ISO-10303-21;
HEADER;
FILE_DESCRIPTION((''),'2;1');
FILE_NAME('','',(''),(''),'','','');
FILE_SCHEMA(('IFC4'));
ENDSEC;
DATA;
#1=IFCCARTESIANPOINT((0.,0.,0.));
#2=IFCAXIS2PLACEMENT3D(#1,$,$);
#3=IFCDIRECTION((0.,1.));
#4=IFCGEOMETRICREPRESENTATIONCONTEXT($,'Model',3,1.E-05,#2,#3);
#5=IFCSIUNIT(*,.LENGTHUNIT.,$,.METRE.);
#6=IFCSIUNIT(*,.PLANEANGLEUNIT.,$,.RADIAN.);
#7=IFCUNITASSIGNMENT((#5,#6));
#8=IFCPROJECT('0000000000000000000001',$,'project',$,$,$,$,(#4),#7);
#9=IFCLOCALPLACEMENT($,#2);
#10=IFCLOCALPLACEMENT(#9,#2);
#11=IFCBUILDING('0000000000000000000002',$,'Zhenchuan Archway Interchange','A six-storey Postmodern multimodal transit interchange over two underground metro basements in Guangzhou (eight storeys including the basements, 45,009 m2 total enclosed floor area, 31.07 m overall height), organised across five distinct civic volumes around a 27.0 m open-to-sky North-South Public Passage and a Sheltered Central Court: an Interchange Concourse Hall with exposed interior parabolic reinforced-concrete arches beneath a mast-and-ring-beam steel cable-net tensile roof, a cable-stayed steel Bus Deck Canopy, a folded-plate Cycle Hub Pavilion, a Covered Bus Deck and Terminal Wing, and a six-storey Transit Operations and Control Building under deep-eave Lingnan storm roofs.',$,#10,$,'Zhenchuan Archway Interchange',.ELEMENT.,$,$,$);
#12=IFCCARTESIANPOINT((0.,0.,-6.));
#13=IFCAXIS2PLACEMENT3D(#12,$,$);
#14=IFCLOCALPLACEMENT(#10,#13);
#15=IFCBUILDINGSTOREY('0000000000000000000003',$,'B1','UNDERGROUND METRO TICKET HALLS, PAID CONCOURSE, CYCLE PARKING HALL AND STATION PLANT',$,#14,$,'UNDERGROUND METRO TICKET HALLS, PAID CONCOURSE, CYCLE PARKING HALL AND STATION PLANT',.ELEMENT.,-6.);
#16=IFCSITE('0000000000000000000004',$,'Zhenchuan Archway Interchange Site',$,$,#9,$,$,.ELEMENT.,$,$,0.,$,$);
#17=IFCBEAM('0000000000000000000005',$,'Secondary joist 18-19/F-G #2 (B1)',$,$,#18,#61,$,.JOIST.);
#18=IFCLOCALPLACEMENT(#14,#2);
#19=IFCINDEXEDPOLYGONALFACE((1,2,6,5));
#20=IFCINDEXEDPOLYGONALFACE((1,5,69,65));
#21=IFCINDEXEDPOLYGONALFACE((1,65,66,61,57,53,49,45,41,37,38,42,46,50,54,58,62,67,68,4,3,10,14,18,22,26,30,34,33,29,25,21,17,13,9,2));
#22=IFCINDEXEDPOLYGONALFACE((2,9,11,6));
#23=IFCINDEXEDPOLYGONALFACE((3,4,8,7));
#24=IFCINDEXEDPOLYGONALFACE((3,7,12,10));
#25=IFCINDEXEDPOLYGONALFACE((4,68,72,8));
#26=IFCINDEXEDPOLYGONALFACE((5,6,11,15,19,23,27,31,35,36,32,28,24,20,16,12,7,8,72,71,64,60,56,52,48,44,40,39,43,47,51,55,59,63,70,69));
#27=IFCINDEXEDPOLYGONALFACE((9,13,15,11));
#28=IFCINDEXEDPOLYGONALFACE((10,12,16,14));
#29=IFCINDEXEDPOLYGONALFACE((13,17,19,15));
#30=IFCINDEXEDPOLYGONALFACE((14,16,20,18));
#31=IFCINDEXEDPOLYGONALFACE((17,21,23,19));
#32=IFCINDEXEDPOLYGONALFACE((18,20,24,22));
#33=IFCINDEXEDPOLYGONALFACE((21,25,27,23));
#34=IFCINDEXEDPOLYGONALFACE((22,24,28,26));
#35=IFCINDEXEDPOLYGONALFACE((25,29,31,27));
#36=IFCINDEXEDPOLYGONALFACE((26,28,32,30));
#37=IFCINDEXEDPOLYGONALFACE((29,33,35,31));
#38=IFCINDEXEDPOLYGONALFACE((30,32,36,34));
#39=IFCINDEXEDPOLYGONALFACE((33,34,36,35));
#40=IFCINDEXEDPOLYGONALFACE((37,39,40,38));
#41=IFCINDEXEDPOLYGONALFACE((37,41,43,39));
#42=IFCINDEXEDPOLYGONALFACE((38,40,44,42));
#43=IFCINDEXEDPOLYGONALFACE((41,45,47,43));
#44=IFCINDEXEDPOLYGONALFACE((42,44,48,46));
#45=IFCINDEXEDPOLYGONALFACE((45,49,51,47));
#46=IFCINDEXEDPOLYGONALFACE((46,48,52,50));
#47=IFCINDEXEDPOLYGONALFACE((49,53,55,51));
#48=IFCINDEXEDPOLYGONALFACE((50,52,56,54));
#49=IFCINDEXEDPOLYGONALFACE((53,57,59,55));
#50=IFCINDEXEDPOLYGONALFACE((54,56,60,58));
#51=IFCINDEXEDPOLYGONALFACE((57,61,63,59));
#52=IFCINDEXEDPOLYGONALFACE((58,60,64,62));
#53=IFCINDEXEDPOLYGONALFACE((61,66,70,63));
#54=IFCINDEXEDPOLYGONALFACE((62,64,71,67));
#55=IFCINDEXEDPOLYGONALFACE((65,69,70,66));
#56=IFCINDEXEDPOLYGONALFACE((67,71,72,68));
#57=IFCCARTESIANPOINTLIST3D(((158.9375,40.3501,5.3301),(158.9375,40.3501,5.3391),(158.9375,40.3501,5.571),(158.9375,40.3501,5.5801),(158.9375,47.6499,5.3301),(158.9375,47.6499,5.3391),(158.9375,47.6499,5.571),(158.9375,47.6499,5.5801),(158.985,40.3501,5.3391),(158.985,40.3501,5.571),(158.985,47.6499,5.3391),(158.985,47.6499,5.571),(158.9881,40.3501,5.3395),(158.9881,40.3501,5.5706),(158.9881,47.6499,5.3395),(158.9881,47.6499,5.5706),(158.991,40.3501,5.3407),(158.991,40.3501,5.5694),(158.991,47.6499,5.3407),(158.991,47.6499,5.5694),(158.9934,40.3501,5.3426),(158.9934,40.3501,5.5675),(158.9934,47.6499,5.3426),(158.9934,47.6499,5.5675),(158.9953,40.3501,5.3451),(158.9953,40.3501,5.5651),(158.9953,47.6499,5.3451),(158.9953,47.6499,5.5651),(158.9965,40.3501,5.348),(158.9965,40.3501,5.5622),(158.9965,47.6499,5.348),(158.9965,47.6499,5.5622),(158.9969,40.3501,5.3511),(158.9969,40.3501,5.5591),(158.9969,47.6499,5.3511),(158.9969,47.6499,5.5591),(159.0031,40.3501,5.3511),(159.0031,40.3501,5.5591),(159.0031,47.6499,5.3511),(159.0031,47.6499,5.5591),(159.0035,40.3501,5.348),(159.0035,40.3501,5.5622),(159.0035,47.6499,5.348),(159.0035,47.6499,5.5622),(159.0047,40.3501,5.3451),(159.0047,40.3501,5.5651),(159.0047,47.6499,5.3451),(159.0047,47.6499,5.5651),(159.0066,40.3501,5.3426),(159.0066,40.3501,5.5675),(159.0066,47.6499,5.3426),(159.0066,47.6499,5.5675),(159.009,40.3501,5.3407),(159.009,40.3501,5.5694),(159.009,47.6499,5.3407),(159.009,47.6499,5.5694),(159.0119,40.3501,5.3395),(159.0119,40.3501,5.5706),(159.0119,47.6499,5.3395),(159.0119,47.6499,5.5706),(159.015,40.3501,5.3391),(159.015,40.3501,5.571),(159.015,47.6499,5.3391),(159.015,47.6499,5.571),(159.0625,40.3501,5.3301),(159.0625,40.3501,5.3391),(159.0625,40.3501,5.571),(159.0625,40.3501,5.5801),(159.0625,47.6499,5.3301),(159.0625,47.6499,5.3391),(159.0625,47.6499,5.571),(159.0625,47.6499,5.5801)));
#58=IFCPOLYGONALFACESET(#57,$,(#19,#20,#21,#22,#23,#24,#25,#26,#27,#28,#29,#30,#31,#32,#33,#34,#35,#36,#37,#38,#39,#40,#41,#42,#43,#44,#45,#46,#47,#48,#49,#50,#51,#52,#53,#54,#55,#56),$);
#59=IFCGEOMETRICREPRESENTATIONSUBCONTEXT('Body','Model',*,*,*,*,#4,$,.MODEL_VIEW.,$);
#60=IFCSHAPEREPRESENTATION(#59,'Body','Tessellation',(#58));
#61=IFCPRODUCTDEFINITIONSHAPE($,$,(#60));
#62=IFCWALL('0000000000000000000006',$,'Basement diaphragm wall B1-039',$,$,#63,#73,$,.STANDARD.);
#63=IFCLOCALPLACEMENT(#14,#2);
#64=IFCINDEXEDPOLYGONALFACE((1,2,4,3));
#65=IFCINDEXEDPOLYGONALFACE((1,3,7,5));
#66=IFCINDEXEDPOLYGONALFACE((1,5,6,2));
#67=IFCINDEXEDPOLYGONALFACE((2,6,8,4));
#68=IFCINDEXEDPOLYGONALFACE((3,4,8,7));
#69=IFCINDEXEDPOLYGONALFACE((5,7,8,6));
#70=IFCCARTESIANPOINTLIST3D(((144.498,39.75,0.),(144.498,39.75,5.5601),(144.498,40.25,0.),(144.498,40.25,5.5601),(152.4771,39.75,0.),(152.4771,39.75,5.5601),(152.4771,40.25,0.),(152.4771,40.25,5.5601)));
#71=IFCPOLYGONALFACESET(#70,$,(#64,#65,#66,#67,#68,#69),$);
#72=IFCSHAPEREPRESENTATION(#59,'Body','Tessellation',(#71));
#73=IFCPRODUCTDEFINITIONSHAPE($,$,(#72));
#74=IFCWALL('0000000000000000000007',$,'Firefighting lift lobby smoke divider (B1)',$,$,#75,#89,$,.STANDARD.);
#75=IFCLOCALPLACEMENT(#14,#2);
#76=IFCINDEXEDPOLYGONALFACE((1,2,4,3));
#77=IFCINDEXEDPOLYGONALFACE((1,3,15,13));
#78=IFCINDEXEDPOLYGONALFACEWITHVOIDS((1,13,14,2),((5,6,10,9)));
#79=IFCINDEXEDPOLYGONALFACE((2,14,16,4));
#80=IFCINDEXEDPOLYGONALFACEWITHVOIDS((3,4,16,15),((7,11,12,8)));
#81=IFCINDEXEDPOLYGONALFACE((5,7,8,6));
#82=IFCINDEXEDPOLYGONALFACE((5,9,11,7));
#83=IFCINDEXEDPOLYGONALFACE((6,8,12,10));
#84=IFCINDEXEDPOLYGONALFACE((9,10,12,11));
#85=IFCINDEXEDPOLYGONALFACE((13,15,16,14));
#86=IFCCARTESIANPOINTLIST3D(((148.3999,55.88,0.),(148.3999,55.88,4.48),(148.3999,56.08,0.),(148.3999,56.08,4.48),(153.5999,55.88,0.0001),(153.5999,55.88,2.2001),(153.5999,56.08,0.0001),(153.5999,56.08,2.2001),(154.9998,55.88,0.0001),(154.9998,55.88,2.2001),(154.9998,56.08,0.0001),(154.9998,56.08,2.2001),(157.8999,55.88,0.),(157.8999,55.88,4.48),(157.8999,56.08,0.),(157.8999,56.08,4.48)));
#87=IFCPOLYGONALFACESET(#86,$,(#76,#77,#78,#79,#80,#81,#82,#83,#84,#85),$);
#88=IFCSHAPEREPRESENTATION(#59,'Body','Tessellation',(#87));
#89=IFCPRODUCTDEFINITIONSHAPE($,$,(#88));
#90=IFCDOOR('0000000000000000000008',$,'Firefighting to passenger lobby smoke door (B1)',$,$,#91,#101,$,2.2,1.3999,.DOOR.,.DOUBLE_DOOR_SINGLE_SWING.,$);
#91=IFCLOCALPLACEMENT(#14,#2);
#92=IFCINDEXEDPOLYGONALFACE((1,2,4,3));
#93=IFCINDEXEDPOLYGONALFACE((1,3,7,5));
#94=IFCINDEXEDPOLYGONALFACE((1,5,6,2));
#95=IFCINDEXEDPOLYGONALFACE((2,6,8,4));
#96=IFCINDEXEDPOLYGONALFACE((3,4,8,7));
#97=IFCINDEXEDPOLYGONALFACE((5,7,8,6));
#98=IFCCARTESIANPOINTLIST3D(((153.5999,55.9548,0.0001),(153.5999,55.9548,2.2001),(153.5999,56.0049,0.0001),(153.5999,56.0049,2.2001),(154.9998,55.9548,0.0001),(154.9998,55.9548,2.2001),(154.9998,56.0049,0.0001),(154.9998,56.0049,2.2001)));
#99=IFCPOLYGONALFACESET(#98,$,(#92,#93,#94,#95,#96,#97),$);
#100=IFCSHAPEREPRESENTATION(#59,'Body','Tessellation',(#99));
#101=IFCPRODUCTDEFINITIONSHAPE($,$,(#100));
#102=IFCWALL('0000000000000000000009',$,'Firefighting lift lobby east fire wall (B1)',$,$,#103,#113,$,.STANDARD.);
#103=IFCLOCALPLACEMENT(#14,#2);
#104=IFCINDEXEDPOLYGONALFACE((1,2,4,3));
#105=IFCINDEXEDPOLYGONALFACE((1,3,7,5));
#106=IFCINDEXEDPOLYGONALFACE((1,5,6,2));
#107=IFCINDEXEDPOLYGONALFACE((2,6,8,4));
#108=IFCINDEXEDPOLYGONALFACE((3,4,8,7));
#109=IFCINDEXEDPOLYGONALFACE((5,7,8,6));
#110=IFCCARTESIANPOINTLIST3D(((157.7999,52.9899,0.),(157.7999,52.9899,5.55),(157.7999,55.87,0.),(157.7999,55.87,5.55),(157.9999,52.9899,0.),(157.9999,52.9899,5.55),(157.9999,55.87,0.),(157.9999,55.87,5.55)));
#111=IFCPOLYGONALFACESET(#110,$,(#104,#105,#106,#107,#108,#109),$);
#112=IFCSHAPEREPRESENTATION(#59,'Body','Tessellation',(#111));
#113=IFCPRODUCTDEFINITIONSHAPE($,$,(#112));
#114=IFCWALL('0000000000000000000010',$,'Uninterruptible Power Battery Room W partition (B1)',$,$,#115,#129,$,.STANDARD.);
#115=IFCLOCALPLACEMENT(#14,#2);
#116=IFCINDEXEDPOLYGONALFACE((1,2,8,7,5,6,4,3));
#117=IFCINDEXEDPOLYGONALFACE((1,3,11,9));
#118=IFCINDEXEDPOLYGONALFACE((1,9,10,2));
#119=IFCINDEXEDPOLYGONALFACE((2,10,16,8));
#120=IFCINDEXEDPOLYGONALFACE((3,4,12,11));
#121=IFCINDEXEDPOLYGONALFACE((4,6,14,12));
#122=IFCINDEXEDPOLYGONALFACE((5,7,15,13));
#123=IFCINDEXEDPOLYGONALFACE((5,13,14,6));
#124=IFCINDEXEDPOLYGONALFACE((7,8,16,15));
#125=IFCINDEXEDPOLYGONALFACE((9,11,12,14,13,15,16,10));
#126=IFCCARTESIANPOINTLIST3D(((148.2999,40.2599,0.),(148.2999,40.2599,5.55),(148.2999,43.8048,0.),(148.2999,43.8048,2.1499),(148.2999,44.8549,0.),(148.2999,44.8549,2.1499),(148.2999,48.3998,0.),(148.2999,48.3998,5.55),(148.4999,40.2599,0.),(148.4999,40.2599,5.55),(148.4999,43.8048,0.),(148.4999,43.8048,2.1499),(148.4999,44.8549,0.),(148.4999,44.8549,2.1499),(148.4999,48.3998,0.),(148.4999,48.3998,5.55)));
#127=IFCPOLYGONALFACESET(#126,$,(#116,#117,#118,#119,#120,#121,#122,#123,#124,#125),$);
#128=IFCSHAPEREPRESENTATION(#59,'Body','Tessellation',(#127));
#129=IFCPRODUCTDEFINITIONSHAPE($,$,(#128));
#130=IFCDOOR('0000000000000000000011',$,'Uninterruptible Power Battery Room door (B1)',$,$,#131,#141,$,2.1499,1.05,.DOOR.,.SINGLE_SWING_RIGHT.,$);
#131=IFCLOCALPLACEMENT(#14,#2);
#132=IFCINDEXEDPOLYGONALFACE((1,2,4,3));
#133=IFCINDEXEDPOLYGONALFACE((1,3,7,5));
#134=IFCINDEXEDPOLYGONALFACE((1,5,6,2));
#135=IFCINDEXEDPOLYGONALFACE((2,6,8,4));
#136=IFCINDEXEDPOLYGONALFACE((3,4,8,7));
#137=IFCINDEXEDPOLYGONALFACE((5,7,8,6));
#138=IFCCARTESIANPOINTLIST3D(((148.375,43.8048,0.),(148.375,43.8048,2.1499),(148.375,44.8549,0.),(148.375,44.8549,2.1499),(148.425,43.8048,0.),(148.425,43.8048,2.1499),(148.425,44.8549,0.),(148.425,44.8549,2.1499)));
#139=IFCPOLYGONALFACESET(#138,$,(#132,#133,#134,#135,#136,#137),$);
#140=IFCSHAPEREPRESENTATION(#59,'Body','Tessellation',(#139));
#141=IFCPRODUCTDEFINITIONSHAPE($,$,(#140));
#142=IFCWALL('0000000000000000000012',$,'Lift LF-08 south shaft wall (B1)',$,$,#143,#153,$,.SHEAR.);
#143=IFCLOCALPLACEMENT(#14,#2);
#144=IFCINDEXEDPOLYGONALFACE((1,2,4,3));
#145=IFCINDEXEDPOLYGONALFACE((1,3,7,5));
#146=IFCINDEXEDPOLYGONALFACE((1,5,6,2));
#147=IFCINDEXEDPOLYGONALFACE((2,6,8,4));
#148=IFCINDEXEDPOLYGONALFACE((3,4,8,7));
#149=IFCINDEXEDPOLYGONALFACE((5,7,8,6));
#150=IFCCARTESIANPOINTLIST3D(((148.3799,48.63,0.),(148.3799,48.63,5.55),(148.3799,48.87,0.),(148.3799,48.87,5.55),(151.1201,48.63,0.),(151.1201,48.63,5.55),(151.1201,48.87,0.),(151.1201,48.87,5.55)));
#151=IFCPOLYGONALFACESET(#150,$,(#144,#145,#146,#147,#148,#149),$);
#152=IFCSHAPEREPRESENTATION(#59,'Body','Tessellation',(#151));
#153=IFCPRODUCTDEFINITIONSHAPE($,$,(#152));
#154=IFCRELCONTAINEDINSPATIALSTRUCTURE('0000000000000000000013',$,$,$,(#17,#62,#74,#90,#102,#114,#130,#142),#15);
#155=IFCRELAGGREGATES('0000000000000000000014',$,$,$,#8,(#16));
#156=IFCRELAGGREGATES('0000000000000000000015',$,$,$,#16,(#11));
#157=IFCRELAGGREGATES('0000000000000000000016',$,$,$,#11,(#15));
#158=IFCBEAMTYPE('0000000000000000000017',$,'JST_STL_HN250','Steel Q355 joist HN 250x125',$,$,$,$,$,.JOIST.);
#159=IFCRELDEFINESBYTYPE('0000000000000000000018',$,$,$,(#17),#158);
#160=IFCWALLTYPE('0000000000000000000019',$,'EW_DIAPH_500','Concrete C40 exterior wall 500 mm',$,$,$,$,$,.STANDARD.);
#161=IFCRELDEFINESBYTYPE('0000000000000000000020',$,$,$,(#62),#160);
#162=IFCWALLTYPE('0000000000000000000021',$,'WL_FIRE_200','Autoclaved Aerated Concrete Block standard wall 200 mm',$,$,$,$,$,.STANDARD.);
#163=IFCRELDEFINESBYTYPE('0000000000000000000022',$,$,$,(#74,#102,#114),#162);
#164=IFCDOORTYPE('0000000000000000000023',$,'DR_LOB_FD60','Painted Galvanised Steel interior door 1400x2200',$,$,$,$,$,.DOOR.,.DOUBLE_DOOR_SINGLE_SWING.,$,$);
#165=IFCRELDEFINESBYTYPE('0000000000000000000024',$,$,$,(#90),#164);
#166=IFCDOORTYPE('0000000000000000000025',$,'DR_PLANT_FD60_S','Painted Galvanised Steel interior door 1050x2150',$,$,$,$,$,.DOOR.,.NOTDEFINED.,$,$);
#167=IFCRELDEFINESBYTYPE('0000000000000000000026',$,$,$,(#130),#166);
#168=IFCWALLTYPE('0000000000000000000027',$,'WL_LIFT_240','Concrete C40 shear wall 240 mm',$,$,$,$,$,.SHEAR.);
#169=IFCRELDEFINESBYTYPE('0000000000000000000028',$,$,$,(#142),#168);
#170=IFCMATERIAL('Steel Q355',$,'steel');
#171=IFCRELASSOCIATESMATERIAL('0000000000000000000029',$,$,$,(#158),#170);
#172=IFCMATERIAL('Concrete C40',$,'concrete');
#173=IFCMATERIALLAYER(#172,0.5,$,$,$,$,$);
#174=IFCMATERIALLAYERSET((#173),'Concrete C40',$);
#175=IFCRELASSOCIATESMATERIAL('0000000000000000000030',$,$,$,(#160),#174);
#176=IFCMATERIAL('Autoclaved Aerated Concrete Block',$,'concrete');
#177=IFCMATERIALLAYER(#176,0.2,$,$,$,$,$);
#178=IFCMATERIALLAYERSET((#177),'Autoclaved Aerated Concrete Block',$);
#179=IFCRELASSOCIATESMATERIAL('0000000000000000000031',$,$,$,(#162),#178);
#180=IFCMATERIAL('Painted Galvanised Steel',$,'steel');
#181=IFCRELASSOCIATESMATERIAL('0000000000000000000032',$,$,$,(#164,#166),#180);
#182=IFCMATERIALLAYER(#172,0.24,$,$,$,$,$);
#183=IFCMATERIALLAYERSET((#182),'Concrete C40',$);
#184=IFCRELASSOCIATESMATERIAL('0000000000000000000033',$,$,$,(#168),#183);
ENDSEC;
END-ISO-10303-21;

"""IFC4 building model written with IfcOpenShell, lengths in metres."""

from ifc_helpers import new_model, si_unit, direction, frame, frame_2d, origin, origin_2d, place, context, subcontext, project, spatial, rectangle, i_section, extrude, material, layer, layer_set, material_profile, profile_set, type_object, element, fill, save


model = new_model("IFC4")

# Units and contexts
model_context = context("Model", 3, precision=1e-05, world=origin(), true_north=direction((0.0, 1.0)))
body_context = subcontext(model_context, "Body", "Model", "MODEL_VIEW")
ifc_project = project(units=[si_unit("LENGTHUNIT", "METRE"), si_unit("PLANEANGLEUNIT", "RADIAN")], contexts=[model_context])

# Site, building, storey
site_placement = place(None, origin())
site = spatial("IfcSite", under=ifc_project, at=site_placement, Name="Zhenchuan Archway Interchange Site", CompositionType="ELEMENT", RefElevation=0.0)
building_placement = place(site_placement, origin())
building = spatial("IfcBuilding", under=site, at=building_placement, Name="Zhenchuan Archway Interchange", Description="A six-storey Postmodern multimodal transit interchange over two underground metro basements in Guangzhou (eight storeys including the basements, 45,009 m2 total enclosed floor area, 31.07 m overall height), organised across five distinct civic volumes around a 27.0 m open-to-sky North-South Public Passage and a Sheltered Central Court: an Interchange Concourse Hall with exposed interior parabolic reinforced-concrete arches beneath a mast-and-ring-beam steel cable-net tensile roof, a cable-stayed steel Bus Deck Canopy, a folded-plate Cycle Hub Pavilion, a Covered Bus Deck and Terminal Wing, and a six-storey Transit Operations and Control Building under deep-eave Lingnan storm roofs.", LongName="Zhenchuan Archway Interchange", CompositionType="ELEMENT")
storey_placement = place(building_placement, frame((0.0, 0.0, -6.0)))
storey = spatial("IfcBuildingStorey", under=building, at=storey_placement, Name="B1", Description="UNDERGROUND METRO TICKET HALLS, PAID CONCOURSE, CYCLE PARKING HALL AND STATION PLANT", LongName="UNDERGROUND METRO TICKET HALLS, PAID CONCOURSE, CYCLE PARKING HALL AND STATION PLANT", CompositionType="ELEMENT", Elevation=-6.0)

# Beam
ifc_material_1 = material(Name="Concrete C40", Category="concrete")
ifc_material_2 = material(Name="Steel Q355", Category="steel")
ifc_material_profile_1 = material_profile(ifc_material_2, i_section(OverallWidth=0.125, OverallDepth=0.25, WebThickness=0.0061, FlangeThickness=0.009, FilletRadius=0.012, at=origin_2d()), Name="HN 250x125")
ifc_profile_set_1 = profile_set([ifc_material_profile_1], Name="Steel Q355")
beam_type_1 = type_object("IfcBeamType", Name="JST_STL_HN250", Description="Steel Q355 joist HN 250x125", PredefinedType="JOIST", material=ifc_profile_set_1)
for number, where, z_axis, x_axis, name in (
    (1, (159.0, 40.3501, 5.4551), (0.0, 1.0, 0.0), (-1.0, 0.0, 0.0), "Secondary joist 18-19/F-G #2 (B1)"),
):
    element("IfcBeam", number, at=place(storey_placement, frame(where, z_axis=z_axis, x_axis=x_axis)), inside=storey, type_object=beam_type_1, Name=name, PredefinedType="JOIST", context=body_context, shape_type="SweptSolid", body=[
        extrude(i_section(OverallWidth=0.125, OverallDepth=0.25, WebThickness=0.0061, FlangeThickness=0.009, FilletRadius=0.012, at=origin_2d()), origin(), (0.0, 0.0, 1.0), 7.2998),
    ])

# Wall
ifc_layer_1 = layer(ifc_material_1, 0.5)
ifc_layer_set_1 = layer_set([ifc_layer_1], Name="Concrete C40")
wall_type_1 = type_object("IfcWallType", Name="EW_DIAPH_500", Description="Concrete C40 exterior wall 500 mm", PredefinedType="STANDARD", material=ifc_layer_set_1)
wall_1_placement = place(storey_placement, frame((152.4771, 40.0, 0.0), z_axis=(0.0, 0.0, 1.0), x_axis=(-1.0, 0.0, 0.0)))
element("IfcWall", 2, at=wall_1_placement, inside=storey, type_object=wall_type_1, Name="Basement diaphragm wall B1-039", PredefinedType="STANDARD", context=body_context, shape_type="SweptSolid", body=[
    extrude(rectangle(XDim=7.979, YDim=0.5, at=frame_2d((3.9895, 0.0))), origin(), (0.0, 0.0, 1.0), 5.5601),
])

# Wall, opening, door
ifc_material_3 = material(Name="Autoclaved Aerated Concrete Block", Category="concrete")
ifc_layer_2 = layer(ifc_material_3, 0.2)
ifc_layer_set_2 = layer_set([ifc_layer_2], Name="Autoclaved Aerated Concrete Block")
wall_type_2 = type_object("IfcWallType", Name="WL_FIRE_200", Description="Autoclaved Aerated Concrete Block standard wall 200 mm", PredefinedType="STANDARD", material=ifc_layer_set_2)
wall_2_placement = place(storey_placement, frame((148.3999, 55.98, 0.0), z_axis=(0.0, 0.0, 1.0), x_axis=(1.0, 0.0, 0.0)))
wall_2 = element("IfcWall", 3, at=wall_2_placement, inside=storey, type_object=wall_type_2, Name="Firefighting lift lobby smoke divider (B1)", PredefinedType="STANDARD", context=body_context, shape_type="SweptSolid", body=[
    extrude(rectangle(XDim=9.5, YDim=0.2, at=frame_2d((4.75, 0.0))), origin(), (0.0, 0.0, 1.0), 4.48),
])
opening_1_placement = place(wall_2_placement, frame((5.2, 0.0, 0.0)))
opening_1 = element("IfcOpeningElement", 4, at=opening_1_placement, cuts=wall_2, PredefinedType="OPENING", context=body_context, shape_type="SweptSolid", body=[
    extrude(rectangle(XDim=1.3999, YDim=2.2, at=frame_2d((0.7, 1.1001))), frame((0.0, 0.1118, 0.0), z_axis=(0.0, -1.0, 0.0), x_axis=(1.0, 0.0, 0.0)), (0.0, 0.0, 1.0), 0.2239),
])
ifc_material_4 = material(Name="Painted Galvanised Steel", Category="steel")
door_type_1 = type_object("IfcDoorType", Name="DR_LOB_FD60", Description="Painted Galvanised Steel interior door 1400x2200", OperationType="DOUBLE_DOOR_SINGLE_SWING", PredefinedType="DOOR", material=ifc_material_4)
door_1_placement = place(opening_1_placement, origin())
door_1 = element("IfcDoor", 5, at=door_1_placement, inside=storey, type_object=door_type_1, Name="Firefighting to passenger lobby smoke door (B1)", OperationType="DOUBLE_DOOR_SINGLE_SWING", OverallHeight=2.2, OverallWidth=1.3999, PredefinedType="DOOR", context=body_context, shape_type="SweptSolid", body=[
    extrude(rectangle(XDim=1.3999, YDim=2.2, at=frame_2d((0.7, 1.1001))), frame((0.0, 0.0249, 0.0), z_axis=(0.0, -1.0, 0.0), x_axis=(1.0, 0.0, 0.0)), (0.0, 0.0, 1.0), 0.05),
])
fill(opening_1, door_1)

# Wall
wall_3_placement = place(storey_placement, frame((157.8999, 52.99, 0.0), z_axis=(0.0, 0.0, 1.0), x_axis=(0.0, 1.0, 0.0)))
element("IfcWall", 6, at=wall_3_placement, inside=storey, type_object=wall_type_2, Name="Firefighting lift lobby east fire wall (B1)", PredefinedType="STANDARD", context=body_context, shape_type="SweptSolid", body=[
    extrude(rectangle(XDim=2.8801, YDim=0.2, at=frame_2d((1.4399, 0.0))), origin(), (0.0, 0.0, 1.0), 5.55),
])

# Wall, opening, door
wall_4_placement = place(storey_placement, frame((148.3999, 40.26, 0.0), z_axis=(0.0, 0.0, 1.0), x_axis=(0.0, 1.0, 0.0)))
wall_4 = element("IfcWall", 7, at=wall_4_placement, inside=storey, type_object=wall_type_2, Name="Uninterruptible Power Battery Room W partition (B1)", PredefinedType="STANDARD", context=body_context, shape_type="SweptSolid", body=[
    extrude(rectangle(XDim=8.1399, YDim=0.2, at=frame_2d((4.0698, 0.0))), origin(), (0.0, 0.0, 1.0), 5.55),
])
opening_2_placement = place(wall_4_placement, frame((3.5449, 0.0, 0.0)))
opening_2 = element("IfcOpeningElement", 8, at=opening_2_placement, cuts=wall_4, PredefinedType="OPENING", context=body_context, shape_type="SweptSolid", body=[
    extrude(rectangle(XDim=1.05, YDim=2.1499, at=frame_2d((0.5249, 1.075))), frame((0.0, 0.1118, 0.0), z_axis=(0.0, -1.0, 0.0), x_axis=(1.0, 0.0, 0.0)), (0.0, 0.0, 1.0), 0.2239),
])
door_type_2 = type_object("IfcDoorType", Name="DR_PLANT_FD60_S", Description="Painted Galvanised Steel interior door 1050x2150", OperationType="NOTDEFINED", PredefinedType="DOOR", material=ifc_material_4)
door_2_placement = place(opening_2_placement, origin())
door_2 = element("IfcDoor", 9, at=door_2_placement, inside=storey, type_object=door_type_2, Name="Uninterruptible Power Battery Room door (B1)", OperationType="SINGLE_SWING_RIGHT", OverallHeight=2.1499, OverallWidth=1.05, PredefinedType="DOOR", context=body_context, shape_type="SweptSolid", body=[
    extrude(rectangle(XDim=1.05, YDim=2.1499, at=frame_2d((0.5249, 1.075))), frame((0.0, 0.0249, 0.0), z_axis=(0.0, -1.0, 0.0), x_axis=(1.0, 0.0, 0.0)), (0.0, 0.0, 1.0), 0.05),
])
fill(opening_2, door_2)

# Wall
ifc_layer_3 = layer(ifc_material_1, 0.24)
ifc_layer_set_3 = layer_set([ifc_layer_3], Name="Concrete C40")
wall_type_3 = type_object("IfcWallType", Name="WL_LIFT_240", Description="Concrete C40 shear wall 240 mm", PredefinedType="SHEAR", material=ifc_layer_set_3)
wall_5_placement = place(storey_placement, frame((148.3799, 48.75, 0.0), z_axis=(0.0, 0.0, 1.0), x_axis=(1.0, 0.0, 0.0)))
element("IfcWall", 10, at=wall_5_placement, inside=storey, type_object=wall_type_3, Name="Lift LF-08 south shaft wall (B1)", PredefinedType="SHEAR", context=body_context, shape_type="SweptSolid", body=[
    extrude(rectangle(XDim=2.7402, YDim=0.24, at=frame_2d((1.3701, 0.0))), origin(), (0.0, 0.0, 1.0), 5.55),
])

save(model, "model.ifc")
